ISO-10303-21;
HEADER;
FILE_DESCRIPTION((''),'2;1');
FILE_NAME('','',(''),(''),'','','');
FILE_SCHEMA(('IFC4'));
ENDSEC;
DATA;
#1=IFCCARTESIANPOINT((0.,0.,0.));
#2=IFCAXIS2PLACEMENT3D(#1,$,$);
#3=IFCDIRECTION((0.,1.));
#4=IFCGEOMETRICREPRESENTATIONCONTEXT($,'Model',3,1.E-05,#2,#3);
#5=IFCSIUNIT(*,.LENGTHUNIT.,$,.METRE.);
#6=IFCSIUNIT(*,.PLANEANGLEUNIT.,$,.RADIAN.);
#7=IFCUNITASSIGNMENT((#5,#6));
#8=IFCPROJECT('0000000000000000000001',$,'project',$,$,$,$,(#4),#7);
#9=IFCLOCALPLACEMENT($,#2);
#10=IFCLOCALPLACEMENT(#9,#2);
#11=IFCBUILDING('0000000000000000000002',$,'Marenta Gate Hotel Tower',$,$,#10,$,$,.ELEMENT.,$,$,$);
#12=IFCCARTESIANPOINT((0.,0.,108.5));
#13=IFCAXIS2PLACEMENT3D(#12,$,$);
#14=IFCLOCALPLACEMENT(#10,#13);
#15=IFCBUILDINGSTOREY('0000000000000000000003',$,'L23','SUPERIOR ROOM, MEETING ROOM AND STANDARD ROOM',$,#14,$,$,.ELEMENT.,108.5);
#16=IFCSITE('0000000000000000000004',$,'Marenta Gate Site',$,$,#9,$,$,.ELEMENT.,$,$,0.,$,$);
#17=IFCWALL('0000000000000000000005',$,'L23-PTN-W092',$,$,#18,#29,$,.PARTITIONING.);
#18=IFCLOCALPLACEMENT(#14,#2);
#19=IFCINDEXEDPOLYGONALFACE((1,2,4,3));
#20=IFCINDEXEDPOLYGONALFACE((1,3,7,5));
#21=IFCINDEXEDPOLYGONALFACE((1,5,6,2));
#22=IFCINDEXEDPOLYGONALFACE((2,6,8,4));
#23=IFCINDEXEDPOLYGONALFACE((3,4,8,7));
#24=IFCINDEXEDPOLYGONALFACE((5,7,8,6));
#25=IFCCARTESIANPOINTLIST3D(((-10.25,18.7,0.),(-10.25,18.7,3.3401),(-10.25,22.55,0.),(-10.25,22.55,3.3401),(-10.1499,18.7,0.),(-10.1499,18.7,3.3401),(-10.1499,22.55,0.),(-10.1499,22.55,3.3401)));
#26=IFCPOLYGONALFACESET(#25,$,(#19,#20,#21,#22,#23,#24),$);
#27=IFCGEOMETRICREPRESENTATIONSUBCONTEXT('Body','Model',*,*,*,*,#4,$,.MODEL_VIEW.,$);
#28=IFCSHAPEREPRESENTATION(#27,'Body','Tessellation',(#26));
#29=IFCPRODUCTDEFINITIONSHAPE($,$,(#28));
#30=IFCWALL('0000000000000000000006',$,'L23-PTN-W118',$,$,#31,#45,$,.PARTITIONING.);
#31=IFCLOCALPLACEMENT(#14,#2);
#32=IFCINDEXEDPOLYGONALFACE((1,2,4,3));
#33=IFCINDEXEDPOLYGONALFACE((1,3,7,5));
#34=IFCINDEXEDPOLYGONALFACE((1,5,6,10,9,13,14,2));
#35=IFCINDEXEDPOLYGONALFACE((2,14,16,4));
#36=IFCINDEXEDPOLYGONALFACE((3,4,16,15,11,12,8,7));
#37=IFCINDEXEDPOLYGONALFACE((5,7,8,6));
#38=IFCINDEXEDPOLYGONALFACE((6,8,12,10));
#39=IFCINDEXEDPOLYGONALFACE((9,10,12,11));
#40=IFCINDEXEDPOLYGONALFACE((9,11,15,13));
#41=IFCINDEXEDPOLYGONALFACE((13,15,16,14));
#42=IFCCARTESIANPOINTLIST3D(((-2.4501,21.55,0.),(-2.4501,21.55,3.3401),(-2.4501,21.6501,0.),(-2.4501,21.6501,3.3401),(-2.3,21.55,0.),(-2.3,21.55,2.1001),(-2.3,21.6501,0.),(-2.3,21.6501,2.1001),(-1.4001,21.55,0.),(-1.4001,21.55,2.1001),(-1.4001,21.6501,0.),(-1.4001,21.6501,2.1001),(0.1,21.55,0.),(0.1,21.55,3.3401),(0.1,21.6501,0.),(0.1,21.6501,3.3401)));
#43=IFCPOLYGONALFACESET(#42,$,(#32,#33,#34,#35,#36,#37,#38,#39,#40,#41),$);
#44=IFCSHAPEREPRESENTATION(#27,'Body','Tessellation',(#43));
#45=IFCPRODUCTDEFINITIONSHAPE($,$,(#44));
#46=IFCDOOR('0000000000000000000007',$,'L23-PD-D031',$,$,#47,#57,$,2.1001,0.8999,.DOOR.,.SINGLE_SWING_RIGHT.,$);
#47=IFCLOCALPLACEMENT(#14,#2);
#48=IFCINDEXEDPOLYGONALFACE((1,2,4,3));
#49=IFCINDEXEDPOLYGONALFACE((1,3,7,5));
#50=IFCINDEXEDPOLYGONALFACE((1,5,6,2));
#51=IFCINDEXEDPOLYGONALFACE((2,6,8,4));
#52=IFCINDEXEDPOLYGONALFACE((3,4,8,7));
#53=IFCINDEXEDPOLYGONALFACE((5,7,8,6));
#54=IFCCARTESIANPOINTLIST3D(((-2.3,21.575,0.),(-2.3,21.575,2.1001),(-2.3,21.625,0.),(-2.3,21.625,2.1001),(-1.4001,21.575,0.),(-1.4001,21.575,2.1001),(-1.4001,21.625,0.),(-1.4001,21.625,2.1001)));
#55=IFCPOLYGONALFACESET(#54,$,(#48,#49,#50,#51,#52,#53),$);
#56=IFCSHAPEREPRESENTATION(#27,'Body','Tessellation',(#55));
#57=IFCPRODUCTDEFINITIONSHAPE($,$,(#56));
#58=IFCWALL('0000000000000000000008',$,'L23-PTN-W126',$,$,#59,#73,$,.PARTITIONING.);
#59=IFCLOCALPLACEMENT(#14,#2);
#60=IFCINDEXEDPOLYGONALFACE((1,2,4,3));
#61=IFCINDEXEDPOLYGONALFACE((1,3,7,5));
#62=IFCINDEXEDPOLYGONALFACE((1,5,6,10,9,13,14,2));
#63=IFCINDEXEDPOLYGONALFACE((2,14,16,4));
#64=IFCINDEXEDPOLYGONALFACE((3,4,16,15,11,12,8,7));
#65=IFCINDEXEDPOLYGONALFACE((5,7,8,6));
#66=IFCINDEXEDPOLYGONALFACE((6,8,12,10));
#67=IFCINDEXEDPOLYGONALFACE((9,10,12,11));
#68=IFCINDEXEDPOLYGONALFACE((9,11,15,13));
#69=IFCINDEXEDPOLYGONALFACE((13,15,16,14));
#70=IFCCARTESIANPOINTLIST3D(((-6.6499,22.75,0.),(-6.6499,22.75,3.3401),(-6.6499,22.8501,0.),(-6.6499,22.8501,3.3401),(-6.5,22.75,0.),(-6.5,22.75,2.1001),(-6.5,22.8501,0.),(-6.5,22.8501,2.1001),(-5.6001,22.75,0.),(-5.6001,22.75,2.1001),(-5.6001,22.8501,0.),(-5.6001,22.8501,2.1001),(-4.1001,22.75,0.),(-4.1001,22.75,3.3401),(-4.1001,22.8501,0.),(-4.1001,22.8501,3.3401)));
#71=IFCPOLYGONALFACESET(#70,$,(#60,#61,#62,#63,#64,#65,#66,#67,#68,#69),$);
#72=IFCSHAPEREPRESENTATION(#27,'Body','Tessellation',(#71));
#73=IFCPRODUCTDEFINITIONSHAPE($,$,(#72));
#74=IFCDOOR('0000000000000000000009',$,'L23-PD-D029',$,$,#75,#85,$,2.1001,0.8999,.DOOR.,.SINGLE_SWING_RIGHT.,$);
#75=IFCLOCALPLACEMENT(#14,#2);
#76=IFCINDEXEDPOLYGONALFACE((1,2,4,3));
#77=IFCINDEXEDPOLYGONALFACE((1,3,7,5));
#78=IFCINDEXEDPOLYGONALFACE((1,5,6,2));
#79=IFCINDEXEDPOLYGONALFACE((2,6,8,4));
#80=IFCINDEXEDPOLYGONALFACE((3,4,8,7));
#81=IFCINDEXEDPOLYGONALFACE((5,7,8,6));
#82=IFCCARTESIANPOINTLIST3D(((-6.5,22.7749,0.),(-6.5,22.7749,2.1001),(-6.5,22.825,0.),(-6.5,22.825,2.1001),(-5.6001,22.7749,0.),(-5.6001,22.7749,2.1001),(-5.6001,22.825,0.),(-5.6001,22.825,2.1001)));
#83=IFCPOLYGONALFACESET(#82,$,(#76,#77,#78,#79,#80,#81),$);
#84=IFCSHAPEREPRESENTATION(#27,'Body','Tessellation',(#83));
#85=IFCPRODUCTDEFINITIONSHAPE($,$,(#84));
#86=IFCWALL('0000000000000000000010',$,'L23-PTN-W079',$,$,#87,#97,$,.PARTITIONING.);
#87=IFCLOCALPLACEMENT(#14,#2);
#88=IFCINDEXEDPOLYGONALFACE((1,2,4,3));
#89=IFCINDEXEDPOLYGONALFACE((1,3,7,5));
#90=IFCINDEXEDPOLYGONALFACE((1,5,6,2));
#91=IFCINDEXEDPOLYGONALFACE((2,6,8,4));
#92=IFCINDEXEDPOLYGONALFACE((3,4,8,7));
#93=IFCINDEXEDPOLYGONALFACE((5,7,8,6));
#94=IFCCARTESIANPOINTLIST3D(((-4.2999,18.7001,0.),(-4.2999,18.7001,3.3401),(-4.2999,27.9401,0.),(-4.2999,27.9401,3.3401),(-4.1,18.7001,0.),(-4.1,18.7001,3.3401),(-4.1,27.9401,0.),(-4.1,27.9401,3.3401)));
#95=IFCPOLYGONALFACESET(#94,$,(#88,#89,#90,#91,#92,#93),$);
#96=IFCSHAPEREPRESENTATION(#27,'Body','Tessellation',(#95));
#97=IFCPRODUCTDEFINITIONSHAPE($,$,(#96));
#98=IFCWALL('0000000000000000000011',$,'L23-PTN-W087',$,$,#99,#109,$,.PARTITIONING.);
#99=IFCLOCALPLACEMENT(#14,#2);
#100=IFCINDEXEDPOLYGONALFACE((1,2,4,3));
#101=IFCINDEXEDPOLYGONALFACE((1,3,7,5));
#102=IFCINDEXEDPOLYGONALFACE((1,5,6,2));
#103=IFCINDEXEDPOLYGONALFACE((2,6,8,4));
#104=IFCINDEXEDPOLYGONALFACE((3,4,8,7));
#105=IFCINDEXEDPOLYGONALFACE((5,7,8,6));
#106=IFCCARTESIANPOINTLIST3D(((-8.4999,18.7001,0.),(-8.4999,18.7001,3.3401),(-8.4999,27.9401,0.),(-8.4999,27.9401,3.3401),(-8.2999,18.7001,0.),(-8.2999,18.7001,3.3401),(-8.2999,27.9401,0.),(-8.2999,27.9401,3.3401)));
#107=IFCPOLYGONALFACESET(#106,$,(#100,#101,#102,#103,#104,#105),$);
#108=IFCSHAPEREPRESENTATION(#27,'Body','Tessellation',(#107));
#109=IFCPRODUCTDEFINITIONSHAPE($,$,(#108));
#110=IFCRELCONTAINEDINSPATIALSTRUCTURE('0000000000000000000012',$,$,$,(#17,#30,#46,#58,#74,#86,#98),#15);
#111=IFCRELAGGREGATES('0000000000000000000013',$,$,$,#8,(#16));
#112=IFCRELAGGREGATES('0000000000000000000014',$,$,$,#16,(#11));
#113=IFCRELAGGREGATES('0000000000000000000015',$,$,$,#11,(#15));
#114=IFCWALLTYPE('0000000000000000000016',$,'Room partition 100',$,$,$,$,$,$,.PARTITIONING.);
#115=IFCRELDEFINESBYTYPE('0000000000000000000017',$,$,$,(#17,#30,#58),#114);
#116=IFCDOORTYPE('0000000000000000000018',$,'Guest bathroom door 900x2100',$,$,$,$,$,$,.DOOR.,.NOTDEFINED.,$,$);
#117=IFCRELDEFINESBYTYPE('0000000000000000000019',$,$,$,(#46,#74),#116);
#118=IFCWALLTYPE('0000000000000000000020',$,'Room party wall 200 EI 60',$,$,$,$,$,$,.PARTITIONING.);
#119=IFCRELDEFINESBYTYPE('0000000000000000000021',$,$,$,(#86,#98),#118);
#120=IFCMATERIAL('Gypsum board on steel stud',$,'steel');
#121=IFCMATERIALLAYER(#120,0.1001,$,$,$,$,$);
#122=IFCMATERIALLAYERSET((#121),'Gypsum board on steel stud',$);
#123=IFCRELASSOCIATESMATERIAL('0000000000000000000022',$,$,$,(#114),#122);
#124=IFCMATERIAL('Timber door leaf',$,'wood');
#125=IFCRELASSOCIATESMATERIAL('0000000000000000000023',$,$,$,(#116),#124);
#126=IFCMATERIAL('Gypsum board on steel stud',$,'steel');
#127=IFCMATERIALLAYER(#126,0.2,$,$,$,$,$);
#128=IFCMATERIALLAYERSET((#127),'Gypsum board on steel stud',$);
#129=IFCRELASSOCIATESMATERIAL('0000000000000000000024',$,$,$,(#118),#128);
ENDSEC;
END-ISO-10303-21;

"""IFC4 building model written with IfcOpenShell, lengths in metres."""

from ifc_helpers import new_model, si_unit, direction, frame, frame_2d, origin, place, context, subcontext, project, spatial, rectangle, extrude, material, layer, layer_set, type_object, element, fill, save


model = new_model("IFC4")

# Units and contexts
model_context = context("Model", 3, precision=1e-05, world=origin(), true_north=direction((0.0, 1.0)))
body_context = subcontext(model_context, "Body", "Model", "MODEL_VIEW")
ifc_project = project(units=[si_unit("LENGTHUNIT", "METRE"), si_unit("PLANEANGLEUNIT", "RADIAN")], contexts=[model_context])

# Site, building, storey
site_placement = place(None, origin())
site = spatial("IfcSite", under=ifc_project, at=site_placement, Name="Marenta Gate Site", CompositionType="ELEMENT", RefElevation=0.0)
building_placement = place(site_placement, origin())
building = spatial("IfcBuilding", under=site, at=building_placement, Name="Marenta Gate Hotel Tower", CompositionType="ELEMENT")
storey_placement = place(building_placement, frame((0.0, 0.0, 108.5)))
storey = spatial("IfcBuildingStorey", under=building, at=storey_placement, Name="L23", Description="SUPERIOR ROOM, MEETING ROOM AND STANDARD ROOM", CompositionType="ELEMENT", Elevation=108.5)

# Wall
ifc_material_1 = material(Name="Gypsum board on steel stud", Category="steel")
ifc_layer_1 = layer(ifc_material_1, 0.1001)
ifc_layer_set_1 = layer_set([ifc_layer_1], Name="Gypsum board on steel stud")
wall_type_1 = type_object("IfcWallType", Name="Room partition 100", PredefinedType="PARTITIONING", material=ifc_layer_set_1)
wall_1_placement = place(storey_placement, frame((-10.2, 18.7, 0.0), z_axis=(0.0, 0.0, 1.0), x_axis=(0.0, 1.0, 0.0)))
element("IfcWall", 1, at=wall_1_placement, inside=storey, type_object=wall_type_1, Name="L23-PTN-W092", PredefinedType="PARTITIONING", context=body_context, shape_type="SweptSolid", body=[
    extrude(rectangle(XDim=3.8501, YDim=0.1001, at=frame_2d((1.925, 0.0))), origin(), (0.0, 0.0, 1.0), 3.3401),
])

# Walls, openings, doors
wall_2_placement = place(storey_placement, frame((-2.45, 21.6001, 0.0), z_axis=(0.0, 0.0, 1.0), x_axis=(1.0, 0.0, 0.0)))
wall_2 = element("IfcWall", 2, at=wall_2_placement, inside=storey, type_object=wall_type_1, Name="L23-PTN-W118", PredefinedType="PARTITIONING", context=body_context, shape_type="SweptSolid", body=[
    extrude(rectangle(XDim=2.55, YDim=0.1001, at=frame_2d((1.2749, 0.0))), origin(), (0.0, 0.0, 1.0), 3.3401),
])
opening_1_placement = place(wall_2_placement, frame((0.1499, 0.0, 0.0)))
opening_1 = element("IfcOpeningElement", 3, at=opening_1_placement, cuts=wall_2, PredefinedType="OPENING", context=body_context, shape_type="SweptSolid", body=[
    extrude(rectangle(XDim=0.8999, YDim=2.1001, at=frame_2d((0.45, 1.05))), frame((0.0, 0.05, 0.0), z_axis=(0.0, -1.0, 0.0), x_axis=(1.0, 0.0, 0.0)), (0.0, 0.0, 1.0), 0.1001),
])
ifc_material_2 = material(Name="Timber door leaf", Category="wood")
door_type_1 = type_object("IfcDoorType", Name="Guest bathroom door 900x2100", OperationType="NOTDEFINED", PredefinedType="DOOR", material=ifc_material_2)
door_1_placement = place(opening_1_placement, origin())
door_1 = element("IfcDoor", 4, at=door_1_placement, inside=storey, type_object=door_type_1, Name="L23-PD-D031", OperationType="SINGLE_SWING_RIGHT", OverallHeight=2.1001, OverallWidth=0.8999, PredefinedType="DOOR", context=body_context, shape_type="SweptSolid", body=[
    extrude(rectangle(XDim=0.8999, YDim=2.1001, at=frame_2d((0.45, 1.05))), frame((0.0, 0.0249, 0.0), z_axis=(0.0, -1.0, 0.0), x_axis=(1.0, 0.0, 0.0)), (0.0, 0.0, 1.0), 0.05),
])
fill(opening_1, door_1)
wall_3_placement = place(storey_placement, frame((-6.6499, 22.8, 0.0), z_axis=(0.0, 0.0, 1.0), x_axis=(1.0, 0.0, 0.0)))
wall_3 = element("IfcWall", 5, at=wall_3_placement, inside=storey, type_object=wall_type_1, Name="L23-PTN-W126", PredefinedType="PARTITIONING", context=body_context, shape_type="SweptSolid", body=[
    extrude(rectangle(XDim=2.5498, YDim=0.1001, at=frame_2d((1.2749, 0.0))), origin(), (0.0, 0.0, 1.0), 3.3401),
])
opening_2_placement = place(wall_3_placement, frame((0.1499, 0.0, 0.0)))
opening_2 = element("IfcOpeningElement", 6, at=opening_2_placement, cuts=wall_3, PredefinedType="OPENING", context=body_context, shape_type="SweptSolid", body=[
    extrude(rectangle(XDim=0.8999, YDim=2.1001, at=frame_2d((0.45, 1.05))), frame((0.0, 0.05, 0.0), z_axis=(0.0, -1.0, 0.0), x_axis=(1.0, 0.0, 0.0)), (0.0, 0.0, 1.0), 0.1001),
])
door_2_placement = place(opening_2_placement, origin())
door_2 = element("IfcDoor", 7, at=door_2_placement, inside=storey, type_object=door_type_1, Name="L23-PD-D029", OperationType="SINGLE_SWING_RIGHT", OverallHeight=2.1001, OverallWidth=0.8999, PredefinedType="DOOR", context=body_context, shape_type="SweptSolid", body=[
    extrude(rectangle(XDim=0.8999, YDim=2.1001, at=frame_2d((0.45, 1.05))), frame((0.0, 0.0249, 0.0), z_axis=(0.0, -1.0, 0.0), x_axis=(1.0, 0.0, 0.0)), (0.0, 0.0, 1.0), 0.05),
])
fill(opening_2, door_2)

# Walls
ifc_material_3 = material(Name="Gypsum board on steel stud", Category="steel")
ifc_layer_2 = layer(ifc_material_3, 0.2)
ifc_layer_set_2 = layer_set([ifc_layer_2], Name="Gypsum board on steel stud")
wall_type_2 = type_object("IfcWallType", Name="Room party wall 200 EI 60", PredefinedType="PARTITIONING", material=ifc_layer_set_2)
for number, where, z_axis, x_axis, name in (
    (8, (-4.2, 18.7, 0.0), (0.0, 0.0, 1.0), (0.0, 1.0, 0.0), "L23-PTN-W079"),
    (9, (-8.3999, 18.7, 0.0), (0.0, 0.0, 1.0), (0.0, 1.0, 0.0), "L23-PTN-W087"),
):
    element("IfcWall", number, at=place(storey_placement, frame(where, z_axis=z_axis, x_axis=x_axis)), inside=storey, type_object=wall_type_2, Name=name, PredefinedType="PARTITIONING", context=body_context, shape_type="SweptSolid", body=[
        extrude(rectangle(XDim=9.24, YDim=0.2, at=frame_2d((4.6201, 0.0))), origin(), (0.0, 0.0, 1.0), 3.3401),
    ])

save(model, "model.ifc")
